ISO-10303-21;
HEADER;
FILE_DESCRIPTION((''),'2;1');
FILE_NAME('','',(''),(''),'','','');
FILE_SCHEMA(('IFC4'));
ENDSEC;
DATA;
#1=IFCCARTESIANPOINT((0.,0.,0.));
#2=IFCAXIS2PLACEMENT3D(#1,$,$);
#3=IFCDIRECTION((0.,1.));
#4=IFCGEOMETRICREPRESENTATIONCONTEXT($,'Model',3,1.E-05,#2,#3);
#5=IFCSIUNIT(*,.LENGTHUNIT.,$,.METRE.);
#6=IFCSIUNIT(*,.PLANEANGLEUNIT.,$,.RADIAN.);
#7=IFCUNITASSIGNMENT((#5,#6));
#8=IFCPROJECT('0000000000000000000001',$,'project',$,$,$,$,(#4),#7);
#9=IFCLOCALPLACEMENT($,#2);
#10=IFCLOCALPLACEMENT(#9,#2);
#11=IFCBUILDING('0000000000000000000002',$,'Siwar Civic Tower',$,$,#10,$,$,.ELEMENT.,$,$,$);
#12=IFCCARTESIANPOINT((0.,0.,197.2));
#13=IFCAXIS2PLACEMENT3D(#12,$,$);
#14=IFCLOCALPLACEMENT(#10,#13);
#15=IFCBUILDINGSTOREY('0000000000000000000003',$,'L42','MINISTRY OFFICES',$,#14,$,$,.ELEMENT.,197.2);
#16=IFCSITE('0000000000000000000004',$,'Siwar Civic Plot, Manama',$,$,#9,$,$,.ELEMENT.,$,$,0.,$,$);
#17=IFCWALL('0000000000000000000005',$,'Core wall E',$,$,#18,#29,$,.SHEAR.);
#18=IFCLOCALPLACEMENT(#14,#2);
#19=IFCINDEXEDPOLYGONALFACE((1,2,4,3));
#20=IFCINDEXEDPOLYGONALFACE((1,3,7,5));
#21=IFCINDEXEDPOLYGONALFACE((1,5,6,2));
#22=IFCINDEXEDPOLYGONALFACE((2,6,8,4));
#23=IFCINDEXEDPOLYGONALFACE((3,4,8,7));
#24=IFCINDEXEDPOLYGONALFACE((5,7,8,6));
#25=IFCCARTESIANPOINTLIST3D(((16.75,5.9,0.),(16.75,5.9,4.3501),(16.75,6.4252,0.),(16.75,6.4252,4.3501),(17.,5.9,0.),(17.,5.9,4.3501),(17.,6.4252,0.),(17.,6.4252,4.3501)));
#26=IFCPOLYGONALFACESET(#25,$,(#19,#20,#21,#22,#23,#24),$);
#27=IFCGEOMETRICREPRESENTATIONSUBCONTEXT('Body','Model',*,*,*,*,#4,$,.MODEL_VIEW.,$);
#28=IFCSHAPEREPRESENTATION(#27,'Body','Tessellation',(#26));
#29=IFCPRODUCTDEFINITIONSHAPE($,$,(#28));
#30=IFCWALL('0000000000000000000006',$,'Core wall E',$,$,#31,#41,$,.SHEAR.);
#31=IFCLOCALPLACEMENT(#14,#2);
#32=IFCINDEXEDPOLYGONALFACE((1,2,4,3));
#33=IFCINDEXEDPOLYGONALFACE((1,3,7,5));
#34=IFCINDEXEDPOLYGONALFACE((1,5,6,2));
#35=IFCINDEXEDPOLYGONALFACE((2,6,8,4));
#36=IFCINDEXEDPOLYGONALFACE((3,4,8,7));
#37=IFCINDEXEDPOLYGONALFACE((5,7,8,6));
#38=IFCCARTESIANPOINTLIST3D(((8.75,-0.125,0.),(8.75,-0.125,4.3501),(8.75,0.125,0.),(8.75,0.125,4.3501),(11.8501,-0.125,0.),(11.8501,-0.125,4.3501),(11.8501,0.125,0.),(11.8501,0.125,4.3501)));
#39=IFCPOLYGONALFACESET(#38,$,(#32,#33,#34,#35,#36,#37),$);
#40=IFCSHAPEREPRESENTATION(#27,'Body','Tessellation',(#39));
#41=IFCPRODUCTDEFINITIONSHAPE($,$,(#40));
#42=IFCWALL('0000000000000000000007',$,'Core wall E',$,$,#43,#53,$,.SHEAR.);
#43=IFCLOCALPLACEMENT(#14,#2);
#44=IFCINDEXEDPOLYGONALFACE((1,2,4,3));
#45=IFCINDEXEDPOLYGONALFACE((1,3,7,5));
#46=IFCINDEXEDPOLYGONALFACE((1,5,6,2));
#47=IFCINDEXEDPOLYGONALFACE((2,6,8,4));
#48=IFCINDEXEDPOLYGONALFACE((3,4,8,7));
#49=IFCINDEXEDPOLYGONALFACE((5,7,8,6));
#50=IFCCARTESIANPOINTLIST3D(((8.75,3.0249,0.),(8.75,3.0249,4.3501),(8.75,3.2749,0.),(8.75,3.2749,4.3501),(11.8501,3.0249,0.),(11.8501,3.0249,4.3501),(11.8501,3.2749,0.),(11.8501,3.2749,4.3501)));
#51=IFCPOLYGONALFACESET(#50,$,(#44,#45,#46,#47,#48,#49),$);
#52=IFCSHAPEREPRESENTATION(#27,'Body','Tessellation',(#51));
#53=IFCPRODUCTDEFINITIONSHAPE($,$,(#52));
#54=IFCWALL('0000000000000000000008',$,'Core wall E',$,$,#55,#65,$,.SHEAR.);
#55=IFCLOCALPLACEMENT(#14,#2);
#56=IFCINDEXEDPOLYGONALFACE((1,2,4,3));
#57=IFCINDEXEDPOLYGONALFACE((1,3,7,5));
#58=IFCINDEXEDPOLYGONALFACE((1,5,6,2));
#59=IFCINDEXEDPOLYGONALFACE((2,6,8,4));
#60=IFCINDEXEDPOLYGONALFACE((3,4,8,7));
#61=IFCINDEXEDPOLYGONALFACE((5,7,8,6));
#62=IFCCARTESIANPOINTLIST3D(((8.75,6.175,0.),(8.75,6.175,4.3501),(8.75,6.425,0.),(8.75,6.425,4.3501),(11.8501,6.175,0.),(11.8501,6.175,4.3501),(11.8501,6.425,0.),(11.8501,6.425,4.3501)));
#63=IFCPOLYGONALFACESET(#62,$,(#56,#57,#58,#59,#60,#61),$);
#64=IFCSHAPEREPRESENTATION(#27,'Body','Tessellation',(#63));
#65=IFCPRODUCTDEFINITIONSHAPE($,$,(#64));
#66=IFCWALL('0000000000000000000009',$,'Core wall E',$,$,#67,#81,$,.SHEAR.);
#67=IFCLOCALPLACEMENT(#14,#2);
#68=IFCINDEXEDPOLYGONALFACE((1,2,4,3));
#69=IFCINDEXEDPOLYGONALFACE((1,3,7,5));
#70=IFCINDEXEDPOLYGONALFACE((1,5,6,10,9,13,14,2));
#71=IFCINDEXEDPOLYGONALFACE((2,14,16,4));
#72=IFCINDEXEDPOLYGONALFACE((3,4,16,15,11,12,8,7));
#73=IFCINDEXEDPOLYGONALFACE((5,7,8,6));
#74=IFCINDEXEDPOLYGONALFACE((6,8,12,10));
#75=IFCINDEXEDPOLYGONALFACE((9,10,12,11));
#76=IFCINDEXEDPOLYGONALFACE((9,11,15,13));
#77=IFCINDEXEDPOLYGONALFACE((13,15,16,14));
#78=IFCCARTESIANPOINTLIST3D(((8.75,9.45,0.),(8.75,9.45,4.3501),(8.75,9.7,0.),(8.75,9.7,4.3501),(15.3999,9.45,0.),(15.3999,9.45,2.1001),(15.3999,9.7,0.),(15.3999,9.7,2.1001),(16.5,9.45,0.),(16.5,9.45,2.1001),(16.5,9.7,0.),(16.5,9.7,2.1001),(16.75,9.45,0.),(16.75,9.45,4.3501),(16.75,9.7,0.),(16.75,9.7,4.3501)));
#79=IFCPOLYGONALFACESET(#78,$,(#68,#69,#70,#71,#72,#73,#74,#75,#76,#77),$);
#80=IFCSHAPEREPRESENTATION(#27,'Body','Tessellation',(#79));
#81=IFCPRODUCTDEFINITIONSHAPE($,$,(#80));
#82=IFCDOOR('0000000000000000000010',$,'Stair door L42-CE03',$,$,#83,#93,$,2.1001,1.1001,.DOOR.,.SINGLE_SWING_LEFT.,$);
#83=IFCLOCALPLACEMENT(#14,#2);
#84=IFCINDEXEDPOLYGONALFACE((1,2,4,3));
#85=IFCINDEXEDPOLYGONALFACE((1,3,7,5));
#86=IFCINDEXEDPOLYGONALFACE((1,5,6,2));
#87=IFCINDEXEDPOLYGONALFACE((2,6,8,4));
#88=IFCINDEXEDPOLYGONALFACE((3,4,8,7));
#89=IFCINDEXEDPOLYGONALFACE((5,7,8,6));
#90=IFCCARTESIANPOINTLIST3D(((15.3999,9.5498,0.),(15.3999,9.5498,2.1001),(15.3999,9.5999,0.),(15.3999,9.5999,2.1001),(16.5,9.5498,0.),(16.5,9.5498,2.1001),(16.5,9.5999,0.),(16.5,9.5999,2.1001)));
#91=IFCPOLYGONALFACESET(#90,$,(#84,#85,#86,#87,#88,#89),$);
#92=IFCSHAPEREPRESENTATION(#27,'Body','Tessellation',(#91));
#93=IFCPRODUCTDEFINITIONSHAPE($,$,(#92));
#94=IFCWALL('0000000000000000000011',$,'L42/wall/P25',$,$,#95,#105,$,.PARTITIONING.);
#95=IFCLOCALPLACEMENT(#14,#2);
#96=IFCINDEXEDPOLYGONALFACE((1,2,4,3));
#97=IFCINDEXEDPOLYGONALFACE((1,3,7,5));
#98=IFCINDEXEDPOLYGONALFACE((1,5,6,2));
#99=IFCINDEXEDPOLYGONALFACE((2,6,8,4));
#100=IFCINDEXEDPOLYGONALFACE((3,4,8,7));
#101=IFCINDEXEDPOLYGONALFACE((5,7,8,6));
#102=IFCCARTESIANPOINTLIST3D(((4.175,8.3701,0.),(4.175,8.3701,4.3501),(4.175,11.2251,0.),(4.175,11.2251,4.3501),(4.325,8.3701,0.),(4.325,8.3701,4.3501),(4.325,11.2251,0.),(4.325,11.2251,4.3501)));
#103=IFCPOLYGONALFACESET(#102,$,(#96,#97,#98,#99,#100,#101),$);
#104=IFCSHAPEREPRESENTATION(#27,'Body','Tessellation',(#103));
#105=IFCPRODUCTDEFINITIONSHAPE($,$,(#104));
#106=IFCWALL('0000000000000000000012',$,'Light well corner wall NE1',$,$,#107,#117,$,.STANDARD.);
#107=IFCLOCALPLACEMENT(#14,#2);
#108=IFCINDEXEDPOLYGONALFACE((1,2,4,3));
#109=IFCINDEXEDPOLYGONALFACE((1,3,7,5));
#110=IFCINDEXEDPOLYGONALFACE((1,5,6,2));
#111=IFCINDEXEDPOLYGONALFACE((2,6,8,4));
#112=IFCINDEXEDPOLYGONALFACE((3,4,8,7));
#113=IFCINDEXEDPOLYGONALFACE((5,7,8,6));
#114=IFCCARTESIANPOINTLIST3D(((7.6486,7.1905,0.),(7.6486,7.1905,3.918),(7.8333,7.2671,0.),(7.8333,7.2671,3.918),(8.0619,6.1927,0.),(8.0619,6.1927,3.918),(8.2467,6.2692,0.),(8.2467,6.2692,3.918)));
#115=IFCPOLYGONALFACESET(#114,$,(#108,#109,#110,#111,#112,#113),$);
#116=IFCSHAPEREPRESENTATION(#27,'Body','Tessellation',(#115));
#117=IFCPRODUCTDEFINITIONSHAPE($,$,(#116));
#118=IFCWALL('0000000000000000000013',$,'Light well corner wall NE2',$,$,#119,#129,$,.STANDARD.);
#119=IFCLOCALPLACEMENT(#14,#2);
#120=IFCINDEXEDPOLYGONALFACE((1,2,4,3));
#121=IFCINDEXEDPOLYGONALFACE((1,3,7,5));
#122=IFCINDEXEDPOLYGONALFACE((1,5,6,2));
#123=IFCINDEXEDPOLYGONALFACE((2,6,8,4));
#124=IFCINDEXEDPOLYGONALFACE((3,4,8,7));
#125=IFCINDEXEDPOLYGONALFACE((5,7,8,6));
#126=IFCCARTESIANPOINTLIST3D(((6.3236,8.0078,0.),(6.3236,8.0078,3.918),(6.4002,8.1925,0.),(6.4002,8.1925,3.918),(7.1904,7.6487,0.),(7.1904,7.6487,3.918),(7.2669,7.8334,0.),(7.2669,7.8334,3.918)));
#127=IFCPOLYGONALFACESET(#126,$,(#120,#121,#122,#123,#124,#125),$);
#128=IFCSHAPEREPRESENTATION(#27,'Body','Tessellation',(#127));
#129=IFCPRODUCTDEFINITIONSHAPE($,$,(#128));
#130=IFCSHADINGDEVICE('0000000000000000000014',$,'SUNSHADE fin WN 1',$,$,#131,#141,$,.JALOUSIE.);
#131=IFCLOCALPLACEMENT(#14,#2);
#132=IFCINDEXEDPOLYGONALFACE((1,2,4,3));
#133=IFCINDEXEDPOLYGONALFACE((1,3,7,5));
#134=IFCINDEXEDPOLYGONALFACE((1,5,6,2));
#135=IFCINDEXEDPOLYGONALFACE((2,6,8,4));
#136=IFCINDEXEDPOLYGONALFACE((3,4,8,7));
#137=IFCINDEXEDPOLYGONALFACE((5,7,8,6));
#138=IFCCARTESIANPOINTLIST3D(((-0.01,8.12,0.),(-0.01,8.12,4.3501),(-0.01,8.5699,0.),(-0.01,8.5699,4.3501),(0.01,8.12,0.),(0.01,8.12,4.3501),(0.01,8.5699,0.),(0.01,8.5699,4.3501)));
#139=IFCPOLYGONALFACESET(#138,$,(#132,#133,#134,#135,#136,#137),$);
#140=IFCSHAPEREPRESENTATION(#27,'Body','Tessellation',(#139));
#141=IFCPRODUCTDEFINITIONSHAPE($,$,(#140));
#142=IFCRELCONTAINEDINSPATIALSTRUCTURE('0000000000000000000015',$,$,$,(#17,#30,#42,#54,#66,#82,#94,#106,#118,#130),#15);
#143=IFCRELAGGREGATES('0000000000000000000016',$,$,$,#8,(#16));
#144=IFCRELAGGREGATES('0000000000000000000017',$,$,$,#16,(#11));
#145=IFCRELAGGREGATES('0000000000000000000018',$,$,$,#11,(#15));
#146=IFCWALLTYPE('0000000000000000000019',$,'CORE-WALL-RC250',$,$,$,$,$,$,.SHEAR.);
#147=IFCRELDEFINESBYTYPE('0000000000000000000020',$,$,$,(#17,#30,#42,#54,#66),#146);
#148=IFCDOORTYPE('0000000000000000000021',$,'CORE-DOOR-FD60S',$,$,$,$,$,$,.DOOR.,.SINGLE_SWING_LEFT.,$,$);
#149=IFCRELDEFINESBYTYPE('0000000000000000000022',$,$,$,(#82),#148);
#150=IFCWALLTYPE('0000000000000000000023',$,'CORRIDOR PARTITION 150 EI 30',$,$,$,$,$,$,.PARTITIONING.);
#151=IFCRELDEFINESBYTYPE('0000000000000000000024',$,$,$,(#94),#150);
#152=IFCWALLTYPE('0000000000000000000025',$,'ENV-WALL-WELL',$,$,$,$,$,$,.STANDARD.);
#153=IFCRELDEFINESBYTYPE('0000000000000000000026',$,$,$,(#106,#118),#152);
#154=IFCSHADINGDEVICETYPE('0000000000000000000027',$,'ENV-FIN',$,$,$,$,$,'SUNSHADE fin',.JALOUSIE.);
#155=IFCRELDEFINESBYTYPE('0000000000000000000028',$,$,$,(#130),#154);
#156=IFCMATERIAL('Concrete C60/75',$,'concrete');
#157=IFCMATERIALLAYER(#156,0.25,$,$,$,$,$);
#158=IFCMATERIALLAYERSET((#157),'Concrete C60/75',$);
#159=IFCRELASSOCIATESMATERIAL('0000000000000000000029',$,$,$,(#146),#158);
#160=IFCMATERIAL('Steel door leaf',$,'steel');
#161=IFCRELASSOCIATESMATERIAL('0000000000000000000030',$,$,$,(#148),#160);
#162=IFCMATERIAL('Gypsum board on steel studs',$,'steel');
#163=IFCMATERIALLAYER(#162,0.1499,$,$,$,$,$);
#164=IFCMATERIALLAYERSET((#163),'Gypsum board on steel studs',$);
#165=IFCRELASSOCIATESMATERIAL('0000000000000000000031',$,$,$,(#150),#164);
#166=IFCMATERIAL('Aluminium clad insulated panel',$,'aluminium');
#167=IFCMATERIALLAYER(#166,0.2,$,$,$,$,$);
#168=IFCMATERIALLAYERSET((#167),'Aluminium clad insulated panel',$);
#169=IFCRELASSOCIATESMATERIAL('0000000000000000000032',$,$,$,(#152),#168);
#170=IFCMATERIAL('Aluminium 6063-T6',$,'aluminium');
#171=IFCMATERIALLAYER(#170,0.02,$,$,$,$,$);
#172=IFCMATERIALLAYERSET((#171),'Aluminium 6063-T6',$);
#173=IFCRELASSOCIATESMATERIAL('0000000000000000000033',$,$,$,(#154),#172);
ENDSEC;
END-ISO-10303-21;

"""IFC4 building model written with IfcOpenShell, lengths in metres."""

from ifc_helpers import new_model, si_unit, direction, frame, frame_2d, origin, origin_2d, place, context, subcontext, project, spatial, rectangle, extrude, material, layer, layer_set, type_object, element, fill, save


model = new_model("IFC4")

# Units and contexts
model_context = context("Model", 3, precision=1e-05, world=origin(), true_north=direction((0.0, 1.0)))
body_context = subcontext(model_context, "Body", "Model", "MODEL_VIEW")
ifc_project = project(units=[si_unit("LENGTHUNIT", "METRE"), si_unit("PLANEANGLEUNIT", "RADIAN")], contexts=[model_context])

# Site, building, storey
site_placement = place(None, origin())
site = spatial("IfcSite", under=ifc_project, at=site_placement, Name="Siwar Civic Plot, Manama", CompositionType="ELEMENT", RefElevation=0.0)
building_placement = place(site_placement, origin())
building = spatial("IfcBuilding", under=site, at=building_placement, Name="Siwar Civic Tower", CompositionType="ELEMENT")
storey_placement = place(building_placement, frame((0.0, 0.0, 197.2)))
storey = spatial("IfcBuildingStorey", under=building, at=storey_placement, Name="L42", Description="MINISTRY OFFICES", CompositionType="ELEMENT", Elevation=197.2)

# Shared definitions
ifc_material_1 = material(Name="Concrete C60/75", Category="concrete")
ifc_layer_1 = layer(ifc_material_1, 0.25)
ifc_layer_set_1 = layer_set([ifc_layer_1], Name="Concrete C60/75")
wall_type_1 = type_object("IfcWallType", Name="CORE-WALL-RC250", PredefinedType="SHEAR", material=ifc_layer_set_1)

# Walls
wall_1_placement = place(storey_placement, frame((16.875, 5.8999, 0.0), z_axis=(0.0, 0.0, 1.0), x_axis=(0.0, 1.0, 0.0)))
element("IfcWall", 1, at=wall_1_placement, inside=storey, type_object=wall_type_1, Name="Core wall E", PredefinedType="SHEAR", context=body_context, shape_type="SweptSolid", body=[
    extrude(rectangle(XDim=0.5251, YDim=0.25, at=frame_2d((0.2627, 0.0))), origin(), (0.0, 0.0, 1.0), 4.3501),
])
for number, where, z_axis, x_axis, name in (
    (2, (8.75, 0.0, 0.0), (0.0, 0.0, 1.0), (1.0, 0.0, 0.0), "Core wall E"),
    (3, (8.75, 3.1499, 0.0), (0.0, 0.0, 1.0), (1.0, 0.0, 0.0), "Core wall E"),
    (4, (8.75, 6.3, 0.0), (0.0, 0.0, 1.0), (1.0, 0.0, 0.0), "Core wall E"),
):
    element("IfcWall", number, at=place(storey_placement, frame(where, z_axis=z_axis, x_axis=x_axis)), inside=storey, type_object=wall_type_1, Name=name, PredefinedType="SHEAR", context=body_context, shape_type="SweptSolid", body=[
        extrude(rectangle(XDim=3.1001, YDim=0.25, at=frame_2d((1.55, 0.0))), origin(), (0.0, 0.0, 1.0), 4.3501),
    ])

# Wall, opening, door
wall_2_placement = place(storey_placement, frame((8.75, 9.575, 0.0), z_axis=(0.0, 0.0, 1.0), x_axis=(1.0, 0.0, 0.0)))
wall_2 = element("IfcWall", 5, at=wall_2_placement, inside=storey, type_object=wall_type_1, Name="Core wall E", PredefinedType="SHEAR", context=body_context, shape_type="SweptSolid", body=[
    extrude(rectangle(XDim=8.0, YDim=0.25, at=frame_2d((4.0, 0.0))), origin(), (0.0, 0.0, 1.0), 4.3501),
])
opening_1_placement = place(wall_2_placement, frame((6.6499, 0.0, 0.0)))
opening_1 = element("IfcOpeningElement", 6, at=opening_1_placement, cuts=wall_2, PredefinedType="OPENING", context=body_context, shape_type="SweptSolid", body=[
    extrude(rectangle(XDim=1.1001, YDim=2.1001, at=frame_2d((0.55, 1.05))), frame((0.0, 0.135, 0.0), z_axis=(0.0, -1.0, 0.0), x_axis=(1.0, 0.0, 0.0)), (0.0, 0.0, 1.0), 0.27),
])
ifc_material_2 = material(Name="Steel door leaf", Category="steel")
door_type_1 = type_object("IfcDoorType", Name="CORE-DOOR-FD60S", OperationType="SINGLE_SWING_LEFT", PredefinedType="DOOR", material=ifc_material_2)
door_1_placement = place(opening_1_placement, origin())
door_1 = element("IfcDoor", 7, at=door_1_placement, inside=storey, type_object=door_type_1, Name="Stair door L42-CE03", OperationType="SINGLE_SWING_LEFT", OverallHeight=2.1001, OverallWidth=1.1001, PredefinedType="DOOR", context=body_context, shape_type="SweptSolid", body=[
    extrude(rectangle(XDim=1.1001, YDim=2.1001, at=frame_2d((0.55, 1.05))), frame((0.0, 0.0249, 0.0), z_axis=(0.0, -1.0, 0.0), x_axis=(1.0, 0.0, 0.0)), (0.0, 0.0, 1.0), 0.05),
])
fill(opening_1, door_1)

# Walls
ifc_material_3 = material(Name="Gypsum board on steel studs", Category="steel")
ifc_layer_2 = layer(ifc_material_3, 0.1499)
ifc_layer_set_2 = layer_set([ifc_layer_2], Name="Gypsum board on steel studs")
wall_type_2 = type_object("IfcWallType", Name="CORRIDOR PARTITION 150 EI 30", PredefinedType="PARTITIONING", material=ifc_layer_set_2)
wall_3_placement = place(storey_placement, frame((4.25, 8.3701, 0.0), z_axis=(0.0, 0.0, 1.0), x_axis=(0.0, 1.0, 0.0)))
element("IfcWall", 8, at=wall_3_placement, inside=storey, type_object=wall_type_2, Name="L42/wall/P25", PredefinedType="PARTITIONING", context=body_context, shape_type="SweptSolid", body=[
    extrude(rectangle(XDim=2.855, YDim=0.1499, at=frame_2d((1.4275, 0.0))), origin(), (0.0, 0.0, 1.0), 4.3501),
])
ifc_material_4 = material(Name="Aluminium clad insulated panel", Category="aluminium")
ifc_layer_3 = layer(ifc_material_4, 0.2)
ifc_layer_set_3 = layer_set([ifc_layer_3], Name="Aluminium clad insulated panel")
wall_type_3 = type_object("IfcWallType", Name="ENV-WALL-WELL", PredefinedType="STANDARD", material=ifc_layer_set_3)
wall_4_placement = place(storey_placement, frame((8.1543, 6.231, 0.0), z_axis=(0.0, 0.0, 1.0), x_axis=(-0.382704, 0.923871, 0.0)))
element("IfcWall", 9, at=wall_4_placement, inside=storey, type_object=wall_type_3, Name="Light well corner wall NE1", PredefinedType="STANDARD", context=body_context, shape_type="SweptSolid", body=[
    extrude(rectangle(XDim=1.0801, YDim=0.2, at=frame_2d((0.54, 0.0))), origin(), (0.0, 0.0, 1.0), 3.918),
])
wall_5_placement = place(storey_placement, frame((7.2288, 7.741, 0.0), z_axis=(0.0, 0.0, 1.0), x_axis=(-0.92383, 0.382804, 0.0)))
element("IfcWall", 10, at=wall_5_placement, inside=storey, type_object=wall_type_3, Name="Light well corner wall NE2", PredefinedType="STANDARD", context=body_context, shape_type="SweptSolid", body=[
    extrude(rectangle(XDim=0.9382, YDim=0.2, at=frame_2d((0.4692, 0.0))), origin(), (0.0, 0.0, 1.0), 3.918),
])

# Shading device
ifc_material_5 = material(Name="Aluminium 6063-T6", Category="aluminium")
ifc_layer_4 = layer(ifc_material_5, 0.02)
ifc_layer_set_4 = layer_set([ifc_layer_4], Name="Aluminium 6063-T6")
shading_device_type = type_object("IfcShadingDeviceType", Name="ENV-FIN", ElementType="SUNSHADE fin", PredefinedType="JALOUSIE", material=ifc_layer_set_4)
shading_device_placement = place(storey_placement, frame((0.0, 8.345, 0.0), z_axis=(0.0, 0.0, 1.0), x_axis=(-1.0, 0.0, 0.0)))
element("IfcShadingDevice", 11, at=shading_device_placement, inside=storey, type_object=shading_device_type, Name="SUNSHADE fin WN 1", PredefinedType="JALOUSIE", context=body_context, shape_type="SweptSolid", body=[
    extrude(rectangle(XDim=0.02, YDim=0.45, at=origin_2d()), origin(), (0.0, 0.0, 1.0), 4.3501),
])

save(model, "model.ifc")
